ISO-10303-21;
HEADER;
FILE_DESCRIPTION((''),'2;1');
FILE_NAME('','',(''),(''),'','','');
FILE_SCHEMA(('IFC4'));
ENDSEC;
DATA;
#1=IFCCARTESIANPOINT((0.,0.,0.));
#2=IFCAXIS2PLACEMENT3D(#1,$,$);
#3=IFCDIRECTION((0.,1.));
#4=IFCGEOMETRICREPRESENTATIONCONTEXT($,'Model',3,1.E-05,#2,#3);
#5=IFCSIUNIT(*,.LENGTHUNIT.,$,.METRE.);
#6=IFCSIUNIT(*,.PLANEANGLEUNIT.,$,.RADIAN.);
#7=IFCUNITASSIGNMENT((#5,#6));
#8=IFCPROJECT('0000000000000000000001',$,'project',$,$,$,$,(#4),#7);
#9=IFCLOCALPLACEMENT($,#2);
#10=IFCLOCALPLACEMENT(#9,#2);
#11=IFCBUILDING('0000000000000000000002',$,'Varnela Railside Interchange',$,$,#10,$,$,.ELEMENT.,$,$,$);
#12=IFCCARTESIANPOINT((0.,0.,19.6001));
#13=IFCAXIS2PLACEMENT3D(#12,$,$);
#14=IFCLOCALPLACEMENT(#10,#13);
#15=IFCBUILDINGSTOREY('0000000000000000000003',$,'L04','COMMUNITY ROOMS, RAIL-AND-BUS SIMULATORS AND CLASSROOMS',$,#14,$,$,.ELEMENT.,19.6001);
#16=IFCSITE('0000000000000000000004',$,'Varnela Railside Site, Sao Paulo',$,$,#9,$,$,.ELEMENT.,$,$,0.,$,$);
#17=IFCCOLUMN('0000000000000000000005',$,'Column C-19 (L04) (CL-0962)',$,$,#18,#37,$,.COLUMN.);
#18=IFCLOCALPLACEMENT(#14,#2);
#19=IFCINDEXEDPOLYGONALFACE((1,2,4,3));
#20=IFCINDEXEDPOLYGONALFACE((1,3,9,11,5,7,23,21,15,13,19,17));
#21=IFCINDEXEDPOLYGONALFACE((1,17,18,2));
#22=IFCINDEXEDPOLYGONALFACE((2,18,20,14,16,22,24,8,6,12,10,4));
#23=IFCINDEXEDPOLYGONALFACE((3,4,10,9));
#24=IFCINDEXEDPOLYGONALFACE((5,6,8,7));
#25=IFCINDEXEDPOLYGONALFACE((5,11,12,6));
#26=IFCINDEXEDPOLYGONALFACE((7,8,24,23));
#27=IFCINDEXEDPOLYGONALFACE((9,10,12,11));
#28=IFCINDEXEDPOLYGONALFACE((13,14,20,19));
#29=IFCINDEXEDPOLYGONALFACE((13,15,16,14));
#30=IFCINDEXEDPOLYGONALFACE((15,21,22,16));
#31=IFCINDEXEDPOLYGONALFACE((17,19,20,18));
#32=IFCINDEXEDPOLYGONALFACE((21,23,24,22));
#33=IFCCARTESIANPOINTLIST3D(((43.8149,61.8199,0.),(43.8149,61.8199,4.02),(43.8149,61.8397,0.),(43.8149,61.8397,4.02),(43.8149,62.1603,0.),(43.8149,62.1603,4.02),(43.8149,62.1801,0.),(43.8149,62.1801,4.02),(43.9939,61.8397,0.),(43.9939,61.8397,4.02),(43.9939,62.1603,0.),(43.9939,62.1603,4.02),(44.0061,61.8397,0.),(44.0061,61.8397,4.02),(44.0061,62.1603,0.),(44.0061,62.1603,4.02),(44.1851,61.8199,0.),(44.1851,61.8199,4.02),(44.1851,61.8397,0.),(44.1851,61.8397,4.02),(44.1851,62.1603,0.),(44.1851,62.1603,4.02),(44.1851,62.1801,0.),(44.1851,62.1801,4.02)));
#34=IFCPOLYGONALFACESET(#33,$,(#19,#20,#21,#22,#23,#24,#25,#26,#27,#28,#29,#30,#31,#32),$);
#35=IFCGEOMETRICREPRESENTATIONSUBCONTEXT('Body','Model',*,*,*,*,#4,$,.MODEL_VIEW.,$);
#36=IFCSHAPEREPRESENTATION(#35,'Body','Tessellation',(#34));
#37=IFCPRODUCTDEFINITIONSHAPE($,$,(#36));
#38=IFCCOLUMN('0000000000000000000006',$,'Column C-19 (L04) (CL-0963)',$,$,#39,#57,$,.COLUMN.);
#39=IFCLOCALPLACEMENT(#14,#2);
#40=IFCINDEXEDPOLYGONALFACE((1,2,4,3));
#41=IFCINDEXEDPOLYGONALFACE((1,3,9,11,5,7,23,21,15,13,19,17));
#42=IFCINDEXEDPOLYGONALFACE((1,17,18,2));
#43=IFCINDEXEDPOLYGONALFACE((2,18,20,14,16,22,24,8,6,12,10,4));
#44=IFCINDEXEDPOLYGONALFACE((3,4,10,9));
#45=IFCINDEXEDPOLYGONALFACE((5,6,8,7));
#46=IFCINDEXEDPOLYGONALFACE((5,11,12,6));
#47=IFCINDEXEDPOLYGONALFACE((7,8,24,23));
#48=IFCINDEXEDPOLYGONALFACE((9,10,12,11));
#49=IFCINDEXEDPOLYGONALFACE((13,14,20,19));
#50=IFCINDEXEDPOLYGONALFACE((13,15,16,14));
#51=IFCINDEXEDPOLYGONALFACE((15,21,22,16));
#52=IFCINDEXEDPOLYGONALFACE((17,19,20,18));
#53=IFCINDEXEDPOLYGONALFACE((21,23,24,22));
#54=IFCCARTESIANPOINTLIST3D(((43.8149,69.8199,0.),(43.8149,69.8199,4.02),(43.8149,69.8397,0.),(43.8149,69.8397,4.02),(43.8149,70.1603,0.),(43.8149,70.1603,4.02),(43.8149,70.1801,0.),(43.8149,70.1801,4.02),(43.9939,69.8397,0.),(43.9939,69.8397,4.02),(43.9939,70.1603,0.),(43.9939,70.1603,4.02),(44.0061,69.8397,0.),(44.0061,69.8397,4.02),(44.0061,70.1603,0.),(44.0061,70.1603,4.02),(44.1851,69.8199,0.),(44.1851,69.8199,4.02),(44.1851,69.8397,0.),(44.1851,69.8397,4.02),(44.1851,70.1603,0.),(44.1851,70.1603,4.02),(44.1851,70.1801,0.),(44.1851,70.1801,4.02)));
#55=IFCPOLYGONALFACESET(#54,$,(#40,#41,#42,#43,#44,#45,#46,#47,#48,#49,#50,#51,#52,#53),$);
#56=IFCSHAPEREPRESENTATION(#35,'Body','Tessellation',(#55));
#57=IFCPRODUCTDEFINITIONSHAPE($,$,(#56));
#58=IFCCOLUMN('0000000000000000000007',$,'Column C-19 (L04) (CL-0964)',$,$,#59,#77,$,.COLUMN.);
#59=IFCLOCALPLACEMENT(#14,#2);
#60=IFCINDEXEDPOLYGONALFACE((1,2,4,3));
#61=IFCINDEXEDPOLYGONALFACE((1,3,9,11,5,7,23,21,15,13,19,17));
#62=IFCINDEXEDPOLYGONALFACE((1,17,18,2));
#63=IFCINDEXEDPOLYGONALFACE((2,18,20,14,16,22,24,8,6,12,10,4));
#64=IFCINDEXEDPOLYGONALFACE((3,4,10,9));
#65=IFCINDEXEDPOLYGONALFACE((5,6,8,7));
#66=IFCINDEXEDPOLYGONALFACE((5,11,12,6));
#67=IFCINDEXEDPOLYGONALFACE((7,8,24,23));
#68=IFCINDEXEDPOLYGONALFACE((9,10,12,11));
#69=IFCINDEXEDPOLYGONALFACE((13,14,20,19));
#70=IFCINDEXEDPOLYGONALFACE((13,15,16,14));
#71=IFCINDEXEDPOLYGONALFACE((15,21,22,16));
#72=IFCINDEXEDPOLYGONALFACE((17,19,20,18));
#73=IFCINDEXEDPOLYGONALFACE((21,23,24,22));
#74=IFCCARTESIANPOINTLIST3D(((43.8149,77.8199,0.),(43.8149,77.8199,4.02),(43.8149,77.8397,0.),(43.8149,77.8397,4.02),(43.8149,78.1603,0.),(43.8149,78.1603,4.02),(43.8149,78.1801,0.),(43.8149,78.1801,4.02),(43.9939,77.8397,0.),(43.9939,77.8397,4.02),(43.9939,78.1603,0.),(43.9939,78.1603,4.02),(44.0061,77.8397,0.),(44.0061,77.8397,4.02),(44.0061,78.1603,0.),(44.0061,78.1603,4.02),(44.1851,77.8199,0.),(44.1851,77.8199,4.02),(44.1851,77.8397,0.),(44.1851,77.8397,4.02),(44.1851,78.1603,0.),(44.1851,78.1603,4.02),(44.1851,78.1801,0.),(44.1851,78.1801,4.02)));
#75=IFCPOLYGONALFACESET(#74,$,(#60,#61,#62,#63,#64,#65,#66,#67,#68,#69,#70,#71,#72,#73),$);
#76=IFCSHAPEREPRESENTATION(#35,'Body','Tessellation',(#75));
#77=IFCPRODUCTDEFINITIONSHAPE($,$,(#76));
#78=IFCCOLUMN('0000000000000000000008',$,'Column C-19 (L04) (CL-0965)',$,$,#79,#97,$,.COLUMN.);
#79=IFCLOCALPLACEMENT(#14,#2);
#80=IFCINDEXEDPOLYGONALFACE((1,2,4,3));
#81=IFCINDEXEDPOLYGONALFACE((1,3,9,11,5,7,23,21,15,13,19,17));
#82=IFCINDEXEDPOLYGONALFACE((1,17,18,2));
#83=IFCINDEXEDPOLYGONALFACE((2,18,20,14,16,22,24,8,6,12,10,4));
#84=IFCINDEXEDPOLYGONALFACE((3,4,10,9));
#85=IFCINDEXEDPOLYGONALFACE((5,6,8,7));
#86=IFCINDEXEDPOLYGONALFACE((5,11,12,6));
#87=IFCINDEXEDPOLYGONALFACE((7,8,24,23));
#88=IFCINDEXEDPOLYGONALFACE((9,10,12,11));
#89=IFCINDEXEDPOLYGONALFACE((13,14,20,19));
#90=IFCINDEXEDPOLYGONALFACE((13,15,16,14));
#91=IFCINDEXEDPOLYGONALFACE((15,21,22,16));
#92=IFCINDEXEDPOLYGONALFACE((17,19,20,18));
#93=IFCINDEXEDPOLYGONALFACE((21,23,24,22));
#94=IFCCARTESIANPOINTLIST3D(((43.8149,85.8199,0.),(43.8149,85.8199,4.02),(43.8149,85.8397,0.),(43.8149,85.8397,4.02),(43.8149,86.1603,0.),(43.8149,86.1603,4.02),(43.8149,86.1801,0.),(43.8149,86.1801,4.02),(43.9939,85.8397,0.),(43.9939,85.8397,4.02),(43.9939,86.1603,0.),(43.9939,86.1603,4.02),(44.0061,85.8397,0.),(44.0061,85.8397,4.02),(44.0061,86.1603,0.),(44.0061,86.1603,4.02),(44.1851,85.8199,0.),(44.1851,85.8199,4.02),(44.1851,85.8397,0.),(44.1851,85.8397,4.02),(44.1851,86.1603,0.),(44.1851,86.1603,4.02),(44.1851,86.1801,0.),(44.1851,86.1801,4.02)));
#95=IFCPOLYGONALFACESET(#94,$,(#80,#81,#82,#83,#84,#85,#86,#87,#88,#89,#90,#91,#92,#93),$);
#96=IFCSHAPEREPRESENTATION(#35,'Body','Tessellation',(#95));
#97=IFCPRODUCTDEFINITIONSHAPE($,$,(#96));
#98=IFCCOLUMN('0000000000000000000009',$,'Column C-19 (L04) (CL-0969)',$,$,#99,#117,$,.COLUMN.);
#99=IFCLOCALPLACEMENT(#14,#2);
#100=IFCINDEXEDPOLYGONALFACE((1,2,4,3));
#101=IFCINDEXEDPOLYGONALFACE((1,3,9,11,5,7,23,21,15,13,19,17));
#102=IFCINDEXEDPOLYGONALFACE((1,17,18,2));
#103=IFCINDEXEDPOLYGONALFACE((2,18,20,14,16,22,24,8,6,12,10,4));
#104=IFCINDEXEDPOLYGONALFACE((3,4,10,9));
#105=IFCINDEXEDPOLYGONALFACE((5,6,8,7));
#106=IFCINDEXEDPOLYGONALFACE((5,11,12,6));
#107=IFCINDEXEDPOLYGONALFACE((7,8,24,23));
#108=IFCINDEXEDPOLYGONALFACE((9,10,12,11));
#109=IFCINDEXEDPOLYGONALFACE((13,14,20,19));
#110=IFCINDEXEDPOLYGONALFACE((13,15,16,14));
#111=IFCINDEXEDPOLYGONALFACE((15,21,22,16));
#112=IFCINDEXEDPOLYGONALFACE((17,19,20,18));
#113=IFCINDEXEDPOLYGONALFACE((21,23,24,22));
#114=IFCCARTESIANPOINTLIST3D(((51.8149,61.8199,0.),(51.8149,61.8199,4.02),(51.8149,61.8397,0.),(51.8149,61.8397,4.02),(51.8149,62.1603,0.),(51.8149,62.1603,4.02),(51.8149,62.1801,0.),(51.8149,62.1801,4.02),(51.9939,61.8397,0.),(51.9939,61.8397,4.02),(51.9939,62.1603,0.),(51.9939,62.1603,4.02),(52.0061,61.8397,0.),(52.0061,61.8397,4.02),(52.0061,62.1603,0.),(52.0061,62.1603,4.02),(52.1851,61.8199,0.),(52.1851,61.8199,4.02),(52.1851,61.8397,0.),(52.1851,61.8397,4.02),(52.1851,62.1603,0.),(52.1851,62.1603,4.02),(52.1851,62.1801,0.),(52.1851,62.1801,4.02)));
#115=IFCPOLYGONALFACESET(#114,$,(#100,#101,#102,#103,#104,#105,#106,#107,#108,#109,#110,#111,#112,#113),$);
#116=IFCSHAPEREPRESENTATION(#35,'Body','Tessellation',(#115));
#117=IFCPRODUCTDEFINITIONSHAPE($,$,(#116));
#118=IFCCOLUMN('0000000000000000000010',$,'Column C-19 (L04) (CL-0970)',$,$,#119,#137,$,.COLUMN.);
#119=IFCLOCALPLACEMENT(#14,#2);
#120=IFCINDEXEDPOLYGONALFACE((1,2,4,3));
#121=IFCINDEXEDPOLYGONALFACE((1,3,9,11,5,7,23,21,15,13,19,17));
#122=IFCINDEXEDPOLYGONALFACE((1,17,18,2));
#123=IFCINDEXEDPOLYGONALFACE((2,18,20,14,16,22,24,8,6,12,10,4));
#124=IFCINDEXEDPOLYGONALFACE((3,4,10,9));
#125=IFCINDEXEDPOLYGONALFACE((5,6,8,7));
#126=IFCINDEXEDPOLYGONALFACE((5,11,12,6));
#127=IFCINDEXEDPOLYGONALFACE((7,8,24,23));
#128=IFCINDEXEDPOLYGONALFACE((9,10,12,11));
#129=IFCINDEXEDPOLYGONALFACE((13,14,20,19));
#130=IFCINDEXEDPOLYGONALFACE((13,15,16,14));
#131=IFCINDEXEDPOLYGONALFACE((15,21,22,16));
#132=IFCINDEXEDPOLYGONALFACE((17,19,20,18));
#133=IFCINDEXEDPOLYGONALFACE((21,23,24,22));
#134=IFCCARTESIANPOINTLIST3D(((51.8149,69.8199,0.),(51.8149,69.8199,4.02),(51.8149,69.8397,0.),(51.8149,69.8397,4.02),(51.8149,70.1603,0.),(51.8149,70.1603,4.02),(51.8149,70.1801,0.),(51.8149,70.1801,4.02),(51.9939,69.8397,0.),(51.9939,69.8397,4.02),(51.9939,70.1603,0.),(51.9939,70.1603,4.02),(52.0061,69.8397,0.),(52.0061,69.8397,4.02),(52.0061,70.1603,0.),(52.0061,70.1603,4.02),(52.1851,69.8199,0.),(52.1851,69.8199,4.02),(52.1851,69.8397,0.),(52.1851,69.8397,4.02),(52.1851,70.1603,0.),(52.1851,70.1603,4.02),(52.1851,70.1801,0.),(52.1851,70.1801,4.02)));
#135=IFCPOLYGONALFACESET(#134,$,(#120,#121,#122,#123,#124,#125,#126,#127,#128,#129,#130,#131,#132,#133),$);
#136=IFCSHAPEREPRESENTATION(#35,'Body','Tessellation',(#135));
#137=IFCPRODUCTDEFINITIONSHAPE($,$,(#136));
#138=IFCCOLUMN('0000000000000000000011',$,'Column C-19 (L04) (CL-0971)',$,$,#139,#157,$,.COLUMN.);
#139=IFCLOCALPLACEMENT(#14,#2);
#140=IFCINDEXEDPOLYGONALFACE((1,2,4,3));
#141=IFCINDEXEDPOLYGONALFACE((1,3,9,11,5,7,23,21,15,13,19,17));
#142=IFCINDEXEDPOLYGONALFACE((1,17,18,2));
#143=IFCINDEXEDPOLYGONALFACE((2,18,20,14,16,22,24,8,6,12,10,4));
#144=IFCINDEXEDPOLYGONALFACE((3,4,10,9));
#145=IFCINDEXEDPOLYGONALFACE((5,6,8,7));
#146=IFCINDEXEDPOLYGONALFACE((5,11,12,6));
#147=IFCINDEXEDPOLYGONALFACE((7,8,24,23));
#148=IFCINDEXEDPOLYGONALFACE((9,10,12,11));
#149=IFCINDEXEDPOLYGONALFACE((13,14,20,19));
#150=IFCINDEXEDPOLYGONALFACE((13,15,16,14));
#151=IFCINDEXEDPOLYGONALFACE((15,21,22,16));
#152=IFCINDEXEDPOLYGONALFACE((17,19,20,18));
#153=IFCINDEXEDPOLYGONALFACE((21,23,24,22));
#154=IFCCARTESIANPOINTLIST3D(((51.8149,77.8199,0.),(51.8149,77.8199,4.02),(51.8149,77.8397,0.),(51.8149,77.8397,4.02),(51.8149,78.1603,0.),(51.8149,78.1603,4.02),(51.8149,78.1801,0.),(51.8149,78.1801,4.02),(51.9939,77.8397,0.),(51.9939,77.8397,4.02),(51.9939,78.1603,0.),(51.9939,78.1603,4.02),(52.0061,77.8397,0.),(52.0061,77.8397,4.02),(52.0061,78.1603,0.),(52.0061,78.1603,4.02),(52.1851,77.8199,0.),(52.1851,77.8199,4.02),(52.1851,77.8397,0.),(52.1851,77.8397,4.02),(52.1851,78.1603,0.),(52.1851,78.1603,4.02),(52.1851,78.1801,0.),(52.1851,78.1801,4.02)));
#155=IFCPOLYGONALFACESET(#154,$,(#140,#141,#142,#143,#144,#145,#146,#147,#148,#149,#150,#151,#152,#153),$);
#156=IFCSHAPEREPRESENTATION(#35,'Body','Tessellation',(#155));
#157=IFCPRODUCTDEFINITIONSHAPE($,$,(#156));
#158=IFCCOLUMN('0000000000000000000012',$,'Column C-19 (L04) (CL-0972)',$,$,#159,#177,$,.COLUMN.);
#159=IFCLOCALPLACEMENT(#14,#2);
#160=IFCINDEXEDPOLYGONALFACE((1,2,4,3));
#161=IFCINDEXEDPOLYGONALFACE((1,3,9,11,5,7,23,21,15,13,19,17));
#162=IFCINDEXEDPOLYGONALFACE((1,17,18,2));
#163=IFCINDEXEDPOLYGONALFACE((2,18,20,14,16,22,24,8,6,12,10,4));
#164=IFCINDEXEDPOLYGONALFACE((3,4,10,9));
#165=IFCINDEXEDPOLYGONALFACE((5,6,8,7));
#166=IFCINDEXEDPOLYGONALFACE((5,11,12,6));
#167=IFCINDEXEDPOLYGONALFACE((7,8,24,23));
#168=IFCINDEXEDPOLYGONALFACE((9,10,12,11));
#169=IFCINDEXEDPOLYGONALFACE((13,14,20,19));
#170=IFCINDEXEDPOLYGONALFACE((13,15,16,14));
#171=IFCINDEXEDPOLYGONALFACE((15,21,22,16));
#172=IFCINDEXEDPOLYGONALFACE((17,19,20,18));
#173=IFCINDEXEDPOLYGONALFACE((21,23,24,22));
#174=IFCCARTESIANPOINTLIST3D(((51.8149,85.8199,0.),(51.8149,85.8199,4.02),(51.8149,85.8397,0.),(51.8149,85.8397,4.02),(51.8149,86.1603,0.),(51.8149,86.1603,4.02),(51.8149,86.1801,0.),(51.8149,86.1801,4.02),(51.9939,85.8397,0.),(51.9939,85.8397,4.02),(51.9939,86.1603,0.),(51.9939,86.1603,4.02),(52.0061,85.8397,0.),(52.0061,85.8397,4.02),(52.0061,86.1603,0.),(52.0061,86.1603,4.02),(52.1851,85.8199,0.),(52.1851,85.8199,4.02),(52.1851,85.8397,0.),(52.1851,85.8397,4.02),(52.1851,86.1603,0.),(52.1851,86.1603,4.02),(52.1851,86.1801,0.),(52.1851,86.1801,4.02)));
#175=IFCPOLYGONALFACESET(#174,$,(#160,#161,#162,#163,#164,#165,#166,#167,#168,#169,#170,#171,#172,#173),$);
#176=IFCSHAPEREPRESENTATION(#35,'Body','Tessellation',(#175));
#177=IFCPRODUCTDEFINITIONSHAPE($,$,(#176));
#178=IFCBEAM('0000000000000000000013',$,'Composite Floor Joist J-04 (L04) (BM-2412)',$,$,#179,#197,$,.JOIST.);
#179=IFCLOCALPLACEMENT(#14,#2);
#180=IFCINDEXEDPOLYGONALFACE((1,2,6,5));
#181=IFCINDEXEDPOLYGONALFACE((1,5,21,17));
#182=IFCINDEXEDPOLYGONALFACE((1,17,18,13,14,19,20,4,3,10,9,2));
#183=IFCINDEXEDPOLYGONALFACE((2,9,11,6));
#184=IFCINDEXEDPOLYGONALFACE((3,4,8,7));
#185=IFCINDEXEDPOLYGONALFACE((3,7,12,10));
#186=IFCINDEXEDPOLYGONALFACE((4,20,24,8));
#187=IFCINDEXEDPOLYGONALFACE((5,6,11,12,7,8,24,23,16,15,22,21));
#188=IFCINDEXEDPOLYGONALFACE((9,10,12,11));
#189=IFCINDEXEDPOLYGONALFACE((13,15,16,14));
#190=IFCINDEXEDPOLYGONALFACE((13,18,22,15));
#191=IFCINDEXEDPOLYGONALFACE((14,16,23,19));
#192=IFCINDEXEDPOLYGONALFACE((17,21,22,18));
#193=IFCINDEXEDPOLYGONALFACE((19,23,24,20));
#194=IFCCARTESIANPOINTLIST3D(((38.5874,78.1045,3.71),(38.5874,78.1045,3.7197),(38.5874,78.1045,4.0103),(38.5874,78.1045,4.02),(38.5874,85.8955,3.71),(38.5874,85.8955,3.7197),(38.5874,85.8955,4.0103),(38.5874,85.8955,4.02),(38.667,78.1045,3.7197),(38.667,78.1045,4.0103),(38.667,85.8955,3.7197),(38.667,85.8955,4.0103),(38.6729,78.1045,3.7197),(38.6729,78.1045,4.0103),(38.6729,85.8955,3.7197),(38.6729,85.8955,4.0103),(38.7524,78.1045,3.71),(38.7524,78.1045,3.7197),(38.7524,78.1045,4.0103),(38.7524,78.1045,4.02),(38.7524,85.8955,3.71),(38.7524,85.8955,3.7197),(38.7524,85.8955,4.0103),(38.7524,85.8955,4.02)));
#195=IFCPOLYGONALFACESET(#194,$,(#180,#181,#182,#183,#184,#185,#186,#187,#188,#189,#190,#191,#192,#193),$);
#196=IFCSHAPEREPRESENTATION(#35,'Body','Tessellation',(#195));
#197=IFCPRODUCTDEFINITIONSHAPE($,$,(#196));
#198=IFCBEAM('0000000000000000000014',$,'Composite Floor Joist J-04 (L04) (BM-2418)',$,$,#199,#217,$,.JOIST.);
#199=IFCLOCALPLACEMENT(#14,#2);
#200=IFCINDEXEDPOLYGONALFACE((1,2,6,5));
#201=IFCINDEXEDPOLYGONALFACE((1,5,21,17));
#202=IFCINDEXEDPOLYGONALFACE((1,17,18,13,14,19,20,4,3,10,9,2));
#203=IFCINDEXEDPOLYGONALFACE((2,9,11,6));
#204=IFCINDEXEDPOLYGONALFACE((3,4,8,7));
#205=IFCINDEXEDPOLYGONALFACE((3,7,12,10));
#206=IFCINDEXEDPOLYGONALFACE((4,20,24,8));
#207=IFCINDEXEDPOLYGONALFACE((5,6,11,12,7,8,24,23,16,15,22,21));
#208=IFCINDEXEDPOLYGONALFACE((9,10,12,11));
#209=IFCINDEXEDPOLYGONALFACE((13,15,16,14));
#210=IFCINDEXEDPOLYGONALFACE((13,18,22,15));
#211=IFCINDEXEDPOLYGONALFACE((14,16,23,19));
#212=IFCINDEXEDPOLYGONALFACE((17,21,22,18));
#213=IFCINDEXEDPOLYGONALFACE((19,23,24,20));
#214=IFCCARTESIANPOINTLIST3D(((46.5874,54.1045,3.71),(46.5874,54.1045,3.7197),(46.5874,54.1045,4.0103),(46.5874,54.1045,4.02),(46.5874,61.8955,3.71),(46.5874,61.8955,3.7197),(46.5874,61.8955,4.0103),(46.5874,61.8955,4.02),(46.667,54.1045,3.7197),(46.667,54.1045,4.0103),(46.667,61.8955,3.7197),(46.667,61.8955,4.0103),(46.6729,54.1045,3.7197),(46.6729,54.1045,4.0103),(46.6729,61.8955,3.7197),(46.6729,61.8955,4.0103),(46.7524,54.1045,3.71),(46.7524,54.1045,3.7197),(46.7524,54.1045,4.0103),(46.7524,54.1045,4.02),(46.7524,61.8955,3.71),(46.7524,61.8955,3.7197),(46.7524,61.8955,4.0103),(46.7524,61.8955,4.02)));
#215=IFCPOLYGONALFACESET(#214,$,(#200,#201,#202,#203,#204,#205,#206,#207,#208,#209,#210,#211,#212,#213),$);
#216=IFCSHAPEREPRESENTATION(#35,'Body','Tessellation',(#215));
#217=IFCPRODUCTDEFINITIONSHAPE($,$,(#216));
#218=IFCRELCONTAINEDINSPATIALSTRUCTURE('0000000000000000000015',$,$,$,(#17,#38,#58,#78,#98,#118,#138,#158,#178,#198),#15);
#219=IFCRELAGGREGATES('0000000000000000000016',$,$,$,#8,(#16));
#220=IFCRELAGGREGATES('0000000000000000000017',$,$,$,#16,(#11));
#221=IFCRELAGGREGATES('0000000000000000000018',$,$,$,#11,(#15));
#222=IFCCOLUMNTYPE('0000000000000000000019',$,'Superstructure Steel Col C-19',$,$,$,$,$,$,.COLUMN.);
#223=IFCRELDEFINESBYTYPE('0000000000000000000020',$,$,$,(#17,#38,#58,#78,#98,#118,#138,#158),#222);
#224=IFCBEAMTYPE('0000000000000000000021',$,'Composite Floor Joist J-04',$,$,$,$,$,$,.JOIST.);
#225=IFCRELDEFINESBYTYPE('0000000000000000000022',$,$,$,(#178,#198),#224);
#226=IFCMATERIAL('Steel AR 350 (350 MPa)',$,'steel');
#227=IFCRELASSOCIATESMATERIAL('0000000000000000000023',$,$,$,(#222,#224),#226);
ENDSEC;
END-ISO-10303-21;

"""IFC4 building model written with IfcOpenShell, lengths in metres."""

from ifc_helpers import new_model, si_unit, direction, frame, origin, origin_2d, place, context, subcontext, project, spatial, i_section, extrude, material, material_profile, profile_set, type_object, element, save


model = new_model("IFC4")

# Units and contexts
model_context = context("Model", 3, precision=1e-05, world=origin(), true_north=direction((0.0, 1.0)))
body_context = subcontext(model_context, "Body", "Model", "MODEL_VIEW")
ifc_project = project(units=[si_unit("LENGTHUNIT", "METRE"), si_unit("PLANEANGLEUNIT", "RADIAN")], contexts=[model_context])

# Site, building, storey
site_placement = place(None, origin())
site = spatial("IfcSite", under=ifc_project, at=site_placement, Name="Varnela Railside Site, Sao Paulo", CompositionType="ELEMENT", RefElevation=0.0)
building_placement = place(site_placement, origin())
building = spatial("IfcBuilding", under=site, at=building_placement, Name="Varnela Railside Interchange", CompositionType="ELEMENT")
storey_placement = place(building_placement, frame((0.0, 0.0, 19.6001)))
storey = spatial("IfcBuildingStorey", under=building, at=storey_placement, Name="L04", Description="COMMUNITY ROOMS, RAIL-AND-BUS SIMULATORS AND CLASSROOMS", CompositionType="ELEMENT", Elevation=19.6001)

# Columns
ifc_material_1 = material(Name="Steel AR 350 (350 MPa)", Category="steel")
ifc_material_profile_1 = material_profile(ifc_material_1, i_section(OverallWidth=0.3701, OverallDepth=0.3601, WebThickness=0.0122, FlangeThickness=0.0198, at=origin_2d()), Name="W360x147")
ifc_profile_set_1 = profile_set([ifc_material_profile_1], Name="Steel AR 350 (350 MPa)")
column_type = type_object("IfcColumnType", Name="Superstructure Steel Col C-19", PredefinedType="COLUMN", material=ifc_profile_set_1)
for number, where, z_axis, x_axis, name in (
    (1, (44.0, 62.0, 0.0), (0.0, 0.0, 1.0), (1.0, 0.0, 0.0), "Column C-19 (L04) (CL-0962)"),
    (2, (44.0, 70.0, 0.0), (0.0, 0.0, 1.0), (1.0, 0.0, 0.0), "Column C-19 (L04) (CL-0963)"),
    (3, (44.0, 78.0, 0.0), (0.0, 0.0, 1.0), (1.0, 0.0, 0.0), "Column C-19 (L04) (CL-0964)"),
    (4, (44.0, 86.0, 0.0), (0.0, 0.0, 1.0), (1.0, 0.0, 0.0), "Column C-19 (L04) (CL-0965)"),
    (5, (52.0, 62.0, 0.0), (0.0, 0.0, 1.0), (1.0, 0.0, 0.0), "Column C-19 (L04) (CL-0969)"),
    (6, (52.0, 70.0, 0.0), (0.0, 0.0, 1.0), (1.0, 0.0, 0.0), "Column C-19 (L04) (CL-0970)"),
    (7, (52.0, 78.0, 0.0), (0.0, 0.0, 1.0), (1.0, 0.0, 0.0), "Column C-19 (L04) (CL-0971)"),
    (8, (52.0, 86.0, 0.0), (0.0, 0.0, 1.0), (1.0, 0.0, 0.0), "Column C-19 (L04) (CL-0972)"),
):
    element("IfcColumn", number, at=place(storey_placement, frame(where, z_axis=z_axis, x_axis=x_axis)), inside=storey, type_object=column_type, Name=name, PredefinedType="COLUMN", context=body_context, shape_type="SweptSolid", body=[
        extrude(i_section(OverallWidth=0.3701, OverallDepth=0.3601, WebThickness=0.0122, FlangeThickness=0.0198, at=origin_2d()), origin(), (0.0, 0.0, 1.0), 4.02),
    ])

# Beams
ifc_material_profile_2 = material_profile(ifc_material_1, i_section(OverallWidth=0.165, OverallDepth=0.3101, WebThickness=0.0059, FlangeThickness=0.0098, at=origin_2d()), Name="W310x38.7")
ifc_profile_set_2 = profile_set([ifc_material_profile_2], Name="Steel AR 350 (350 MPa)")
beam_type_1 = type_object("IfcBeamType", Name="Composite Floor Joist J-04", PredefinedType="JOIST", material=ifc_profile_set_2)
for number, where, z_axis, x_axis, name in (
    (9, (38.6699, 78.1045, 3.865), (0.0, 1.0, 0.0), (-1.0, 0.0, 0.0), "Composite Floor Joist J-04 (L04) (BM-2412)"),
    (10, (46.6699, 54.1045, 3.865), (0.0, 1.0, 0.0), (-1.0, 0.0, 0.0), "Composite Floor Joist J-04 (L04) (BM-2418)"),
):
    element("IfcBeam", number, at=place(storey_placement, frame(where, z_axis=z_axis, x_axis=x_axis)), inside=storey, type_object=beam_type_1, Name=name, PredefinedType="JOIST", context=body_context, shape_type="SweptSolid", body=[
        extrude(i_section(OverallWidth=0.165, OverallDepth=0.3101, WebThickness=0.0059, FlangeThickness=0.0098, at=origin_2d()), origin(), (0.0, 0.0, 1.0), 7.791),
    ])

save(model, "model.ifc")
